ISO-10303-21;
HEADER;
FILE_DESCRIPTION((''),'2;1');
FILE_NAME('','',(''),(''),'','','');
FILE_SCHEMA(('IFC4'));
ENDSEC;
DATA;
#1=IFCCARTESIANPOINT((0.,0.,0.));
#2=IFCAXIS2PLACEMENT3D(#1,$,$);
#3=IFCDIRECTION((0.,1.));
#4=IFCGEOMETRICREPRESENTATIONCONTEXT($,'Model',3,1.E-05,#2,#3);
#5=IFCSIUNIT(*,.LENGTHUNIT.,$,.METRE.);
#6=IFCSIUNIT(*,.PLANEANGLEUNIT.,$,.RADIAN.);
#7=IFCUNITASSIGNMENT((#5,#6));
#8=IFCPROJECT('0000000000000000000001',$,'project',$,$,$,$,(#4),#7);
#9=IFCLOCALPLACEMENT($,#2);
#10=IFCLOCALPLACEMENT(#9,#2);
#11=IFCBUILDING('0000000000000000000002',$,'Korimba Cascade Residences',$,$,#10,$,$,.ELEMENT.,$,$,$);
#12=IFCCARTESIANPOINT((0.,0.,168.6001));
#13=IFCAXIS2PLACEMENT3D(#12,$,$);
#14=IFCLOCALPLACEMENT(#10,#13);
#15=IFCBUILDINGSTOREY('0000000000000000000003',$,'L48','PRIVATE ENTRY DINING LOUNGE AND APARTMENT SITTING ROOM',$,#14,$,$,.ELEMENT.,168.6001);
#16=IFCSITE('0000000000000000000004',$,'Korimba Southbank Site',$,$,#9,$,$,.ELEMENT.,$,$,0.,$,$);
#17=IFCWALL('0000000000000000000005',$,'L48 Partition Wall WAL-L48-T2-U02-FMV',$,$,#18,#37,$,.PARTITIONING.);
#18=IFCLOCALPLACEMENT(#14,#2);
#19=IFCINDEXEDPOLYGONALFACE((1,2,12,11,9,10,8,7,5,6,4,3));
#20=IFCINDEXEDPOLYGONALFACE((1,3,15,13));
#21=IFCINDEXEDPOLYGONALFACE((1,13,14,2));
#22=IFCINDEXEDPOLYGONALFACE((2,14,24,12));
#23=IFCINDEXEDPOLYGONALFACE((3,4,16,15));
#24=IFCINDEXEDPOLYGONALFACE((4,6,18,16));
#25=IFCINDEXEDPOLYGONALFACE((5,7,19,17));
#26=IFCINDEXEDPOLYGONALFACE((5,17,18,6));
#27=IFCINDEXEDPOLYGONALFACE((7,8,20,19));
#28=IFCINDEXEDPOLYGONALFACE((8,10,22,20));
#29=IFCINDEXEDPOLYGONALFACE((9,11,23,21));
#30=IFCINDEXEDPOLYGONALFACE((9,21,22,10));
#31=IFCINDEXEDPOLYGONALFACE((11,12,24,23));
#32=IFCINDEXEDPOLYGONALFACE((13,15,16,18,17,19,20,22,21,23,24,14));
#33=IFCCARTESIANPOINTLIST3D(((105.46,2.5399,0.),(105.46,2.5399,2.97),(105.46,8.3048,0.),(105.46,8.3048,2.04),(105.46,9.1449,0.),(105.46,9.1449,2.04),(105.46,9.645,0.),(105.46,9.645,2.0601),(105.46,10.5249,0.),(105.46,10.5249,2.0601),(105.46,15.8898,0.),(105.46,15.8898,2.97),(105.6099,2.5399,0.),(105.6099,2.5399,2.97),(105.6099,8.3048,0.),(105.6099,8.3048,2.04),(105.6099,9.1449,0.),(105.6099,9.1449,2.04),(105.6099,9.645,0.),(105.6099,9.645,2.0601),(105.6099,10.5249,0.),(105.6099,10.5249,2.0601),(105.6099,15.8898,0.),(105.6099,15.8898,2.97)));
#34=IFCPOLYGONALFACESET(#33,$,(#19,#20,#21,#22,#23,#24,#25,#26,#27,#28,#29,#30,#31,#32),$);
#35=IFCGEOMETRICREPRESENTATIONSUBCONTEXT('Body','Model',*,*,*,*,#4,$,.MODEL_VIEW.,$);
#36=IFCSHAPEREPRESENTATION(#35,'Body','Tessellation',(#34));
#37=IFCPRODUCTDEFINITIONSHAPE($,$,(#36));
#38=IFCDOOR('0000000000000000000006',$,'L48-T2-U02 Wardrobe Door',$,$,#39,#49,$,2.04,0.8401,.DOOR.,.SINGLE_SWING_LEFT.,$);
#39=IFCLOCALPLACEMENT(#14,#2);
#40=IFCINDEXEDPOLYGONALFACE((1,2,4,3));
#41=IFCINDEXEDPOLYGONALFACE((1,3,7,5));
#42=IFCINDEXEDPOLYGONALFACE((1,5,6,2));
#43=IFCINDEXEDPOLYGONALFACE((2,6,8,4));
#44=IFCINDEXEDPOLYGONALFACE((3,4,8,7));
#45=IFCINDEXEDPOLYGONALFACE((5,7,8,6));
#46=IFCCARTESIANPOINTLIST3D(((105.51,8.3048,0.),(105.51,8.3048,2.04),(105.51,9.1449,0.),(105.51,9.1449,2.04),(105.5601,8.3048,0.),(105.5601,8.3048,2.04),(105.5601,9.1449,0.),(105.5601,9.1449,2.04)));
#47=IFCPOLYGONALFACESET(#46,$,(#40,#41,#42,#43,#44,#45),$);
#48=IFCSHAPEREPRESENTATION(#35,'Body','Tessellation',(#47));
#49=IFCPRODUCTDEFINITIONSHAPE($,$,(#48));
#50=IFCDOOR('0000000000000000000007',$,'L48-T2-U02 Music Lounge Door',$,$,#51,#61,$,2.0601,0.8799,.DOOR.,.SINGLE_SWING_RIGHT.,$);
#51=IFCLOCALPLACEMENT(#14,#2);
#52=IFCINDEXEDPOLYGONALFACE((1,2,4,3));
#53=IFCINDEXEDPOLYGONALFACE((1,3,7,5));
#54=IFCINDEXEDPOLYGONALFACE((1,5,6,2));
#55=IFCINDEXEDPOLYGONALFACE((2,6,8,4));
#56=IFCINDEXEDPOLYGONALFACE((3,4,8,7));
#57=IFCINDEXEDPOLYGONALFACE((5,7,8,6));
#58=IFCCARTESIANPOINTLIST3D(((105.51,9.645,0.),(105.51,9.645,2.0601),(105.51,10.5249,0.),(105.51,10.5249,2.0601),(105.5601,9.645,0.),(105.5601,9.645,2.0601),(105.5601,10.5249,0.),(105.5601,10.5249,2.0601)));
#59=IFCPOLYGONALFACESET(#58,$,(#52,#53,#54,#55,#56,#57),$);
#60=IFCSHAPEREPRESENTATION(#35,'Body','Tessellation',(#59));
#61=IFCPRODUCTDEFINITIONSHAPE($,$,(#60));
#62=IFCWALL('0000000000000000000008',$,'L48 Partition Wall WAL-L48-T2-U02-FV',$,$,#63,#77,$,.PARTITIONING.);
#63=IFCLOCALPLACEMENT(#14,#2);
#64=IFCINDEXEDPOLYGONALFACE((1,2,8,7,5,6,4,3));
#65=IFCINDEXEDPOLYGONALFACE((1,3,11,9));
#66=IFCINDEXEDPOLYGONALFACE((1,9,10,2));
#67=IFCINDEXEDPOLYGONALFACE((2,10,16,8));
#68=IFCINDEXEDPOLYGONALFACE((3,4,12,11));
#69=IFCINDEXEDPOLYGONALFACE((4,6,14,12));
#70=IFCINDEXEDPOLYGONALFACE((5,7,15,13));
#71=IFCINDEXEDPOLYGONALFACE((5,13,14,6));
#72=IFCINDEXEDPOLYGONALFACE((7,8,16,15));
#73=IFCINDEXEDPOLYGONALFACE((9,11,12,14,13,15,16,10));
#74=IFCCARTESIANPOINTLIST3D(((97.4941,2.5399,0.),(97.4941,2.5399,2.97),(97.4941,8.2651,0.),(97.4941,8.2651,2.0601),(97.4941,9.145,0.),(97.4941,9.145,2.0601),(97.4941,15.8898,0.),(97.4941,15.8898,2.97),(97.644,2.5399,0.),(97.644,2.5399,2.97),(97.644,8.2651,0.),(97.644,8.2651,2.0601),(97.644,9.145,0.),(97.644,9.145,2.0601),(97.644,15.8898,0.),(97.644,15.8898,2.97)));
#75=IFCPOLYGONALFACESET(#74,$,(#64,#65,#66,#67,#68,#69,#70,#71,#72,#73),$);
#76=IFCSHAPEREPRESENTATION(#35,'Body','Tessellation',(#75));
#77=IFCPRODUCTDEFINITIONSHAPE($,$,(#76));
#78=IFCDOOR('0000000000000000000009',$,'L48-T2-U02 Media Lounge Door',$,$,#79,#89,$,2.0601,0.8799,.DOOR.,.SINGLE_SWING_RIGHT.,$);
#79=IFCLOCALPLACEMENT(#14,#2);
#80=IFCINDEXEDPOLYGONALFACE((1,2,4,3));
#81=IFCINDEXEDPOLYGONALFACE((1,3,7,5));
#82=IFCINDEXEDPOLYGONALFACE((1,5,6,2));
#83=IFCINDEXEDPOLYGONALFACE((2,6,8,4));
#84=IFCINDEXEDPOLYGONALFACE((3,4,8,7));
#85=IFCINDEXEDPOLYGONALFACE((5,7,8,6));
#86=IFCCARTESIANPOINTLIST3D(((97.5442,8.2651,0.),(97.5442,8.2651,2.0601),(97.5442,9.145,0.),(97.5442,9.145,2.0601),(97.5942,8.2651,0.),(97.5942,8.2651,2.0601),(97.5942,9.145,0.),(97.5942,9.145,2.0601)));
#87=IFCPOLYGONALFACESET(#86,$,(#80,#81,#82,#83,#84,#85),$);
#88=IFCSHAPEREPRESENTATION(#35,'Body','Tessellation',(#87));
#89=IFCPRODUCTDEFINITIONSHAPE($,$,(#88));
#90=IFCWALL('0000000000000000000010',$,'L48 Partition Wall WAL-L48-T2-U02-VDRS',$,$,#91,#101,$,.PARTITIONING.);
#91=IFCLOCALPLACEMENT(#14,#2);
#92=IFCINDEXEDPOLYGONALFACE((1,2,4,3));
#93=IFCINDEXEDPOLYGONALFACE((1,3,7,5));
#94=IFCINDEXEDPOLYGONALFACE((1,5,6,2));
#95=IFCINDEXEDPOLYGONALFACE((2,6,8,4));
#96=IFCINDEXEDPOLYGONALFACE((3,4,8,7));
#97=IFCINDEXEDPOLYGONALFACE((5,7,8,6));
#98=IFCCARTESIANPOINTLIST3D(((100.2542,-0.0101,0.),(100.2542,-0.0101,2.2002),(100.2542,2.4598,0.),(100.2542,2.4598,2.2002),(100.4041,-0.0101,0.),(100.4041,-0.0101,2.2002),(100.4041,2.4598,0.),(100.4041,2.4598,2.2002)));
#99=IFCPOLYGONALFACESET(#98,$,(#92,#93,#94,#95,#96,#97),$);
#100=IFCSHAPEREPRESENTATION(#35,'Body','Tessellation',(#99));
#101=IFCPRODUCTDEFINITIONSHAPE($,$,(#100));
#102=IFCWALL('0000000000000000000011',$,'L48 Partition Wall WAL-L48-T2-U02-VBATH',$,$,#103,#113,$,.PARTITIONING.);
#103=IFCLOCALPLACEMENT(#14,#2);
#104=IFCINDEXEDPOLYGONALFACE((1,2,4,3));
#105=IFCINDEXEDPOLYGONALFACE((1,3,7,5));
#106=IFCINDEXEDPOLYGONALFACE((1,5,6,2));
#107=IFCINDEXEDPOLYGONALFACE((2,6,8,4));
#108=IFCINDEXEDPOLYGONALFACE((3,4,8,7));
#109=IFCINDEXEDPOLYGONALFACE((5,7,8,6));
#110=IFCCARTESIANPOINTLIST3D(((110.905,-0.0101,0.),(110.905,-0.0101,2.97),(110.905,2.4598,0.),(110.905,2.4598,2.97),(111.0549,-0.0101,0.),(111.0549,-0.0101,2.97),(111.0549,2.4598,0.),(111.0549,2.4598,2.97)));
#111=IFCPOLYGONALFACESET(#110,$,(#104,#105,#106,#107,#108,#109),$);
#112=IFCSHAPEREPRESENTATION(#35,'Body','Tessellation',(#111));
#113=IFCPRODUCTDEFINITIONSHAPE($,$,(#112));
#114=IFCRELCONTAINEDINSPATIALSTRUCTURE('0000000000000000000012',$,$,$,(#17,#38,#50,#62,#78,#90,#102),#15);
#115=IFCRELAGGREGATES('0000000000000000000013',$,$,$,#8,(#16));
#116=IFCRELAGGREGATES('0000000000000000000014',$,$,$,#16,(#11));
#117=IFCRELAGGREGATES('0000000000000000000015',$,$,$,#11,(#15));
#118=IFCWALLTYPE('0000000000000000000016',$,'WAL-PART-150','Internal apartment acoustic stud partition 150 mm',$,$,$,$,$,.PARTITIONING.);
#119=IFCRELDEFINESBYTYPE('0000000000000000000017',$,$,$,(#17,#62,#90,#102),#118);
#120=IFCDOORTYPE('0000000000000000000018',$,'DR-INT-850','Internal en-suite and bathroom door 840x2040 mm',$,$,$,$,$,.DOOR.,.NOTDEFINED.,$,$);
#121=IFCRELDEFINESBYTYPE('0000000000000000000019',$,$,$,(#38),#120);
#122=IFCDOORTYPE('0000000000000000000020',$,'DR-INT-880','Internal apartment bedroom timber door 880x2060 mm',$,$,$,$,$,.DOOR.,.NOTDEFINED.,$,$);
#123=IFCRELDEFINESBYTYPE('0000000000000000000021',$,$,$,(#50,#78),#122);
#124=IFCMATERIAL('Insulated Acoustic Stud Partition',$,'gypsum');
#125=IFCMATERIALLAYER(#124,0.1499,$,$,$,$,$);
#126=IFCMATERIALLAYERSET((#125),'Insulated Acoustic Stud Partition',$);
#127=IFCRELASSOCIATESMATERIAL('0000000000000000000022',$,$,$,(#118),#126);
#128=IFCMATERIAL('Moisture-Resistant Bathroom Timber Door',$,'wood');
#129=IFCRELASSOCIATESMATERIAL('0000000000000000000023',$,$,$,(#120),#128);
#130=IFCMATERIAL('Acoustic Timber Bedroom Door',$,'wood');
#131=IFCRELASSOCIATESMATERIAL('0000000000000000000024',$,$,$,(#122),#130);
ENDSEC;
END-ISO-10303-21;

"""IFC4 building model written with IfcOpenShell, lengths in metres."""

from ifc_helpers import new_model, si_unit, direction, frame, frame_2d, origin, place, context, subcontext, project, spatial, rectangle, extrude, material, layer, layer_set, type_object, element, fill, save


model = new_model("IFC4")

# Units and contexts
model_context = context("Model", 3, precision=1e-05, world=origin(), true_north=direction((0.0, 1.0)))
body_context = subcontext(model_context, "Body", "Model", "MODEL_VIEW")
ifc_project = project(units=[si_unit("LENGTHUNIT", "METRE"), si_unit("PLANEANGLEUNIT", "RADIAN")], contexts=[model_context])

# Site, building, storey
site_placement = place(None, origin())
site = spatial("IfcSite", under=ifc_project, at=site_placement, Name="Korimba Southbank Site", CompositionType="ELEMENT", RefElevation=0.0)
building_placement = place(site_placement, origin())
building = spatial("IfcBuilding", under=site, at=building_placement, Name="Korimba Cascade Residences", CompositionType="ELEMENT")
storey_placement = place(building_placement, frame((0.0, 0.0, 168.6001)))
storey = spatial("IfcBuildingStorey", under=building, at=storey_placement, Name="L48", Description="PRIVATE ENTRY DINING LOUNGE AND APARTMENT SITTING ROOM", CompositionType="ELEMENT", Elevation=168.6001)

# Wall, openings, doors
ifc_material_1 = material(Name="Insulated Acoustic Stud Partition", Category="gypsum")
ifc_layer = layer(ifc_material_1, 0.1499)
ifc_layer_set = layer_set([ifc_layer], Name="Insulated Acoustic Stud Partition")
wall_type = type_object("IfcWallType", Name="WAL-PART-150", Description="Internal apartment acoustic stud partition 150 mm", PredefinedType="PARTITIONING", material=ifc_layer_set)
wall_1_placement = place(storey_placement, frame((105.5349, 2.54, 0.0), z_axis=(0.0, 0.0, 1.0), x_axis=(0.0, 1.0, 0.0)))
wall_1 = element("IfcWall", 1, at=wall_1_placement, inside=storey, type_object=wall_type, Name="L48 Partition Wall WAL-L48-T2-U02-FMV", PredefinedType="PARTITIONING", context=body_context, shape_type="SweptSolid", body=[
    extrude(rectangle(XDim=13.3499, YDim=0.1499, at=frame_2d((6.6748, 0.0))), origin(), (0.0, 0.0, 1.0), 2.97),
])
opening_1_placement = place(wall_1_placement, frame((5.7649, 0.0, 0.0)))
opening_1 = element("IfcOpeningElement", 2, at=opening_1_placement, cuts=wall_1, PredefinedType="OPENING", context=body_context, shape_type="SweptSolid", body=[
    extrude(rectangle(XDim=0.8401, YDim=2.04, at=frame_2d((0.4199, 1.02))), frame((0.0, 0.085, 0.0), z_axis=(0.0, -1.0, 0.0), x_axis=(1.0, 0.0, 0.0)), (0.0, 0.0, 1.0), 0.1699),
])
opening_2_placement = place(wall_1_placement, frame((7.105, 0.0, 0.0)))
opening_2 = element("IfcOpeningElement", 3, at=opening_2_placement, cuts=wall_1, PredefinedType="OPENING", context=body_context, shape_type="SweptSolid", body=[
    extrude(rectangle(XDim=0.8799, YDim=2.0601, at=frame_2d((0.4399, 1.03))), frame((0.0, 0.085, 0.0), z_axis=(0.0, -1.0, 0.0), x_axis=(1.0, 0.0, 0.0)), (0.0, 0.0, 1.0), 0.1699),
])
ifc_material_2 = material(Name="Moisture-Resistant Bathroom Timber Door", Category="wood")
door_type_1 = type_object("IfcDoorType", Name="DR-INT-850", Description="Internal en-suite and bathroom door 840x2040 mm", OperationType="NOTDEFINED", PredefinedType="DOOR", material=ifc_material_2)
door_1_placement = place(opening_1_placement, origin())
door_1 = element("IfcDoor", 4, at=door_1_placement, inside=storey, type_object=door_type_1, Name="L48-T2-U02 Wardrobe Door", OperationType="SINGLE_SWING_LEFT", OverallHeight=2.04, OverallWidth=0.8401, PredefinedType="DOOR", context=body_context, shape_type="SweptSolid", body=[
    extrude(rectangle(XDim=0.8401, YDim=2.04, at=frame_2d((0.4199, 1.02))), frame((0.0, 0.0249, 0.0), z_axis=(0.0, -1.0, 0.0), x_axis=(1.0, 0.0, 0.0)), (0.0, 0.0, 1.0), 0.05),
])
fill(opening_1, door_1)
ifc_material_3 = material(Name="Acoustic Timber Bedroom Door", Category="wood")
door_type_2 = type_object("IfcDoorType", Name="DR-INT-880", Description="Internal apartment bedroom timber door 880x2060 mm", OperationType="NOTDEFINED", PredefinedType="DOOR", material=ifc_material_3)
door_2_placement = place(opening_2_placement, origin())
door_2 = element("IfcDoor", 5, at=door_2_placement, inside=storey, type_object=door_type_2, Name="L48-T2-U02 Music Lounge Door", OperationType="SINGLE_SWING_RIGHT", OverallHeight=2.0601, OverallWidth=0.8799, PredefinedType="DOOR", context=body_context, shape_type="SweptSolid", body=[
    extrude(rectangle(XDim=0.8799, YDim=2.0601, at=frame_2d((0.4399, 1.03))), frame((0.0, 0.0249, 0.0), z_axis=(0.0, -1.0, 0.0), x_axis=(1.0, 0.0, 0.0)), (0.0, 0.0, 1.0), 0.05),
])
fill(opening_2, door_2)

# Wall, opening, door
wall_2_placement = place(storey_placement, frame((97.5691, 2.54, 0.0), z_axis=(0.0, 0.0, 1.0), x_axis=(0.0, 1.0, 0.0)))
wall_2 = element("IfcWall", 6, at=wall_2_placement, inside=storey, type_object=wall_type, Name="L48 Partition Wall WAL-L48-T2-U02-FV", PredefinedType="PARTITIONING", context=body_context, shape_type="SweptSolid", body=[
    extrude(rectangle(XDim=13.3499, YDim=0.1499, at=frame_2d((6.6748, 0.0))), origin(), (0.0, 0.0, 1.0), 2.97),
])
opening_3_placement = place(wall_2_placement, frame((5.7251, 0.0, 0.0)))
opening_3 = element("IfcOpeningElement", 7, at=opening_3_placement, cuts=wall_2, PredefinedType="OPENING", context=body_context, shape_type="SweptSolid", body=[
    extrude(rectangle(XDim=0.8799, YDim=2.0601, at=frame_2d((0.4399, 1.03))), frame((0.0, 0.085, 0.0), z_axis=(0.0, -1.0, 0.0), x_axis=(1.0, 0.0, 0.0)), (0.0, 0.0, 1.0), 0.1699),
])
door_3_placement = place(opening_3_placement, origin())
door_3 = element("IfcDoor", 8, at=door_3_placement, inside=storey, type_object=door_type_2, Name="L48-T2-U02 Media Lounge Door", OperationType="SINGLE_SWING_RIGHT", OverallHeight=2.0601, OverallWidth=0.8799, PredefinedType="DOOR", context=body_context, shape_type="SweptSolid", body=[
    extrude(rectangle(XDim=0.8799, YDim=2.0601, at=frame_2d((0.4399, 1.03))), frame((0.0, 0.0249, 0.0), z_axis=(0.0, -1.0, 0.0), x_axis=(1.0, 0.0, 0.0)), (0.0, 0.0, 1.0), 0.05),
])
fill(opening_3, door_3)

# Walls
wall_3_placement = place(storey_placement, frame((100.3291, -0.01, 0.0), z_axis=(0.0, 0.0, 1.0), x_axis=(0.0, 1.0, 0.0)))
element("IfcWall", 9, at=wall_3_placement, inside=storey, type_object=wall_type, Name="L48 Partition Wall WAL-L48-T2-U02-VDRS", PredefinedType="PARTITIONING", context=body_context, shape_type="SweptSolid", body=[
    extrude(rectangle(XDim=2.47, YDim=0.1499, at=frame_2d((1.2349, 0.0))), origin(), (0.0, 0.0, 1.0), 2.2002),
])
wall_4_placement = place(storey_placement, frame((110.98, -0.01, 0.0), z_axis=(0.0, 0.0, 1.0), x_axis=(0.0, 1.0, 0.0)))
element("IfcWall", 10, at=wall_4_placement, inside=storey, type_object=wall_type, Name="L48 Partition Wall WAL-L48-T2-U02-VBATH", PredefinedType="PARTITIONING", context=body_context, shape_type="SweptSolid", body=[
    extrude(rectangle(XDim=2.47, YDim=0.1499, at=frame_2d((1.2349, 0.0))), origin(), (0.0, 0.0, 1.0), 2.97),
])

save(model, "model.ifc")
